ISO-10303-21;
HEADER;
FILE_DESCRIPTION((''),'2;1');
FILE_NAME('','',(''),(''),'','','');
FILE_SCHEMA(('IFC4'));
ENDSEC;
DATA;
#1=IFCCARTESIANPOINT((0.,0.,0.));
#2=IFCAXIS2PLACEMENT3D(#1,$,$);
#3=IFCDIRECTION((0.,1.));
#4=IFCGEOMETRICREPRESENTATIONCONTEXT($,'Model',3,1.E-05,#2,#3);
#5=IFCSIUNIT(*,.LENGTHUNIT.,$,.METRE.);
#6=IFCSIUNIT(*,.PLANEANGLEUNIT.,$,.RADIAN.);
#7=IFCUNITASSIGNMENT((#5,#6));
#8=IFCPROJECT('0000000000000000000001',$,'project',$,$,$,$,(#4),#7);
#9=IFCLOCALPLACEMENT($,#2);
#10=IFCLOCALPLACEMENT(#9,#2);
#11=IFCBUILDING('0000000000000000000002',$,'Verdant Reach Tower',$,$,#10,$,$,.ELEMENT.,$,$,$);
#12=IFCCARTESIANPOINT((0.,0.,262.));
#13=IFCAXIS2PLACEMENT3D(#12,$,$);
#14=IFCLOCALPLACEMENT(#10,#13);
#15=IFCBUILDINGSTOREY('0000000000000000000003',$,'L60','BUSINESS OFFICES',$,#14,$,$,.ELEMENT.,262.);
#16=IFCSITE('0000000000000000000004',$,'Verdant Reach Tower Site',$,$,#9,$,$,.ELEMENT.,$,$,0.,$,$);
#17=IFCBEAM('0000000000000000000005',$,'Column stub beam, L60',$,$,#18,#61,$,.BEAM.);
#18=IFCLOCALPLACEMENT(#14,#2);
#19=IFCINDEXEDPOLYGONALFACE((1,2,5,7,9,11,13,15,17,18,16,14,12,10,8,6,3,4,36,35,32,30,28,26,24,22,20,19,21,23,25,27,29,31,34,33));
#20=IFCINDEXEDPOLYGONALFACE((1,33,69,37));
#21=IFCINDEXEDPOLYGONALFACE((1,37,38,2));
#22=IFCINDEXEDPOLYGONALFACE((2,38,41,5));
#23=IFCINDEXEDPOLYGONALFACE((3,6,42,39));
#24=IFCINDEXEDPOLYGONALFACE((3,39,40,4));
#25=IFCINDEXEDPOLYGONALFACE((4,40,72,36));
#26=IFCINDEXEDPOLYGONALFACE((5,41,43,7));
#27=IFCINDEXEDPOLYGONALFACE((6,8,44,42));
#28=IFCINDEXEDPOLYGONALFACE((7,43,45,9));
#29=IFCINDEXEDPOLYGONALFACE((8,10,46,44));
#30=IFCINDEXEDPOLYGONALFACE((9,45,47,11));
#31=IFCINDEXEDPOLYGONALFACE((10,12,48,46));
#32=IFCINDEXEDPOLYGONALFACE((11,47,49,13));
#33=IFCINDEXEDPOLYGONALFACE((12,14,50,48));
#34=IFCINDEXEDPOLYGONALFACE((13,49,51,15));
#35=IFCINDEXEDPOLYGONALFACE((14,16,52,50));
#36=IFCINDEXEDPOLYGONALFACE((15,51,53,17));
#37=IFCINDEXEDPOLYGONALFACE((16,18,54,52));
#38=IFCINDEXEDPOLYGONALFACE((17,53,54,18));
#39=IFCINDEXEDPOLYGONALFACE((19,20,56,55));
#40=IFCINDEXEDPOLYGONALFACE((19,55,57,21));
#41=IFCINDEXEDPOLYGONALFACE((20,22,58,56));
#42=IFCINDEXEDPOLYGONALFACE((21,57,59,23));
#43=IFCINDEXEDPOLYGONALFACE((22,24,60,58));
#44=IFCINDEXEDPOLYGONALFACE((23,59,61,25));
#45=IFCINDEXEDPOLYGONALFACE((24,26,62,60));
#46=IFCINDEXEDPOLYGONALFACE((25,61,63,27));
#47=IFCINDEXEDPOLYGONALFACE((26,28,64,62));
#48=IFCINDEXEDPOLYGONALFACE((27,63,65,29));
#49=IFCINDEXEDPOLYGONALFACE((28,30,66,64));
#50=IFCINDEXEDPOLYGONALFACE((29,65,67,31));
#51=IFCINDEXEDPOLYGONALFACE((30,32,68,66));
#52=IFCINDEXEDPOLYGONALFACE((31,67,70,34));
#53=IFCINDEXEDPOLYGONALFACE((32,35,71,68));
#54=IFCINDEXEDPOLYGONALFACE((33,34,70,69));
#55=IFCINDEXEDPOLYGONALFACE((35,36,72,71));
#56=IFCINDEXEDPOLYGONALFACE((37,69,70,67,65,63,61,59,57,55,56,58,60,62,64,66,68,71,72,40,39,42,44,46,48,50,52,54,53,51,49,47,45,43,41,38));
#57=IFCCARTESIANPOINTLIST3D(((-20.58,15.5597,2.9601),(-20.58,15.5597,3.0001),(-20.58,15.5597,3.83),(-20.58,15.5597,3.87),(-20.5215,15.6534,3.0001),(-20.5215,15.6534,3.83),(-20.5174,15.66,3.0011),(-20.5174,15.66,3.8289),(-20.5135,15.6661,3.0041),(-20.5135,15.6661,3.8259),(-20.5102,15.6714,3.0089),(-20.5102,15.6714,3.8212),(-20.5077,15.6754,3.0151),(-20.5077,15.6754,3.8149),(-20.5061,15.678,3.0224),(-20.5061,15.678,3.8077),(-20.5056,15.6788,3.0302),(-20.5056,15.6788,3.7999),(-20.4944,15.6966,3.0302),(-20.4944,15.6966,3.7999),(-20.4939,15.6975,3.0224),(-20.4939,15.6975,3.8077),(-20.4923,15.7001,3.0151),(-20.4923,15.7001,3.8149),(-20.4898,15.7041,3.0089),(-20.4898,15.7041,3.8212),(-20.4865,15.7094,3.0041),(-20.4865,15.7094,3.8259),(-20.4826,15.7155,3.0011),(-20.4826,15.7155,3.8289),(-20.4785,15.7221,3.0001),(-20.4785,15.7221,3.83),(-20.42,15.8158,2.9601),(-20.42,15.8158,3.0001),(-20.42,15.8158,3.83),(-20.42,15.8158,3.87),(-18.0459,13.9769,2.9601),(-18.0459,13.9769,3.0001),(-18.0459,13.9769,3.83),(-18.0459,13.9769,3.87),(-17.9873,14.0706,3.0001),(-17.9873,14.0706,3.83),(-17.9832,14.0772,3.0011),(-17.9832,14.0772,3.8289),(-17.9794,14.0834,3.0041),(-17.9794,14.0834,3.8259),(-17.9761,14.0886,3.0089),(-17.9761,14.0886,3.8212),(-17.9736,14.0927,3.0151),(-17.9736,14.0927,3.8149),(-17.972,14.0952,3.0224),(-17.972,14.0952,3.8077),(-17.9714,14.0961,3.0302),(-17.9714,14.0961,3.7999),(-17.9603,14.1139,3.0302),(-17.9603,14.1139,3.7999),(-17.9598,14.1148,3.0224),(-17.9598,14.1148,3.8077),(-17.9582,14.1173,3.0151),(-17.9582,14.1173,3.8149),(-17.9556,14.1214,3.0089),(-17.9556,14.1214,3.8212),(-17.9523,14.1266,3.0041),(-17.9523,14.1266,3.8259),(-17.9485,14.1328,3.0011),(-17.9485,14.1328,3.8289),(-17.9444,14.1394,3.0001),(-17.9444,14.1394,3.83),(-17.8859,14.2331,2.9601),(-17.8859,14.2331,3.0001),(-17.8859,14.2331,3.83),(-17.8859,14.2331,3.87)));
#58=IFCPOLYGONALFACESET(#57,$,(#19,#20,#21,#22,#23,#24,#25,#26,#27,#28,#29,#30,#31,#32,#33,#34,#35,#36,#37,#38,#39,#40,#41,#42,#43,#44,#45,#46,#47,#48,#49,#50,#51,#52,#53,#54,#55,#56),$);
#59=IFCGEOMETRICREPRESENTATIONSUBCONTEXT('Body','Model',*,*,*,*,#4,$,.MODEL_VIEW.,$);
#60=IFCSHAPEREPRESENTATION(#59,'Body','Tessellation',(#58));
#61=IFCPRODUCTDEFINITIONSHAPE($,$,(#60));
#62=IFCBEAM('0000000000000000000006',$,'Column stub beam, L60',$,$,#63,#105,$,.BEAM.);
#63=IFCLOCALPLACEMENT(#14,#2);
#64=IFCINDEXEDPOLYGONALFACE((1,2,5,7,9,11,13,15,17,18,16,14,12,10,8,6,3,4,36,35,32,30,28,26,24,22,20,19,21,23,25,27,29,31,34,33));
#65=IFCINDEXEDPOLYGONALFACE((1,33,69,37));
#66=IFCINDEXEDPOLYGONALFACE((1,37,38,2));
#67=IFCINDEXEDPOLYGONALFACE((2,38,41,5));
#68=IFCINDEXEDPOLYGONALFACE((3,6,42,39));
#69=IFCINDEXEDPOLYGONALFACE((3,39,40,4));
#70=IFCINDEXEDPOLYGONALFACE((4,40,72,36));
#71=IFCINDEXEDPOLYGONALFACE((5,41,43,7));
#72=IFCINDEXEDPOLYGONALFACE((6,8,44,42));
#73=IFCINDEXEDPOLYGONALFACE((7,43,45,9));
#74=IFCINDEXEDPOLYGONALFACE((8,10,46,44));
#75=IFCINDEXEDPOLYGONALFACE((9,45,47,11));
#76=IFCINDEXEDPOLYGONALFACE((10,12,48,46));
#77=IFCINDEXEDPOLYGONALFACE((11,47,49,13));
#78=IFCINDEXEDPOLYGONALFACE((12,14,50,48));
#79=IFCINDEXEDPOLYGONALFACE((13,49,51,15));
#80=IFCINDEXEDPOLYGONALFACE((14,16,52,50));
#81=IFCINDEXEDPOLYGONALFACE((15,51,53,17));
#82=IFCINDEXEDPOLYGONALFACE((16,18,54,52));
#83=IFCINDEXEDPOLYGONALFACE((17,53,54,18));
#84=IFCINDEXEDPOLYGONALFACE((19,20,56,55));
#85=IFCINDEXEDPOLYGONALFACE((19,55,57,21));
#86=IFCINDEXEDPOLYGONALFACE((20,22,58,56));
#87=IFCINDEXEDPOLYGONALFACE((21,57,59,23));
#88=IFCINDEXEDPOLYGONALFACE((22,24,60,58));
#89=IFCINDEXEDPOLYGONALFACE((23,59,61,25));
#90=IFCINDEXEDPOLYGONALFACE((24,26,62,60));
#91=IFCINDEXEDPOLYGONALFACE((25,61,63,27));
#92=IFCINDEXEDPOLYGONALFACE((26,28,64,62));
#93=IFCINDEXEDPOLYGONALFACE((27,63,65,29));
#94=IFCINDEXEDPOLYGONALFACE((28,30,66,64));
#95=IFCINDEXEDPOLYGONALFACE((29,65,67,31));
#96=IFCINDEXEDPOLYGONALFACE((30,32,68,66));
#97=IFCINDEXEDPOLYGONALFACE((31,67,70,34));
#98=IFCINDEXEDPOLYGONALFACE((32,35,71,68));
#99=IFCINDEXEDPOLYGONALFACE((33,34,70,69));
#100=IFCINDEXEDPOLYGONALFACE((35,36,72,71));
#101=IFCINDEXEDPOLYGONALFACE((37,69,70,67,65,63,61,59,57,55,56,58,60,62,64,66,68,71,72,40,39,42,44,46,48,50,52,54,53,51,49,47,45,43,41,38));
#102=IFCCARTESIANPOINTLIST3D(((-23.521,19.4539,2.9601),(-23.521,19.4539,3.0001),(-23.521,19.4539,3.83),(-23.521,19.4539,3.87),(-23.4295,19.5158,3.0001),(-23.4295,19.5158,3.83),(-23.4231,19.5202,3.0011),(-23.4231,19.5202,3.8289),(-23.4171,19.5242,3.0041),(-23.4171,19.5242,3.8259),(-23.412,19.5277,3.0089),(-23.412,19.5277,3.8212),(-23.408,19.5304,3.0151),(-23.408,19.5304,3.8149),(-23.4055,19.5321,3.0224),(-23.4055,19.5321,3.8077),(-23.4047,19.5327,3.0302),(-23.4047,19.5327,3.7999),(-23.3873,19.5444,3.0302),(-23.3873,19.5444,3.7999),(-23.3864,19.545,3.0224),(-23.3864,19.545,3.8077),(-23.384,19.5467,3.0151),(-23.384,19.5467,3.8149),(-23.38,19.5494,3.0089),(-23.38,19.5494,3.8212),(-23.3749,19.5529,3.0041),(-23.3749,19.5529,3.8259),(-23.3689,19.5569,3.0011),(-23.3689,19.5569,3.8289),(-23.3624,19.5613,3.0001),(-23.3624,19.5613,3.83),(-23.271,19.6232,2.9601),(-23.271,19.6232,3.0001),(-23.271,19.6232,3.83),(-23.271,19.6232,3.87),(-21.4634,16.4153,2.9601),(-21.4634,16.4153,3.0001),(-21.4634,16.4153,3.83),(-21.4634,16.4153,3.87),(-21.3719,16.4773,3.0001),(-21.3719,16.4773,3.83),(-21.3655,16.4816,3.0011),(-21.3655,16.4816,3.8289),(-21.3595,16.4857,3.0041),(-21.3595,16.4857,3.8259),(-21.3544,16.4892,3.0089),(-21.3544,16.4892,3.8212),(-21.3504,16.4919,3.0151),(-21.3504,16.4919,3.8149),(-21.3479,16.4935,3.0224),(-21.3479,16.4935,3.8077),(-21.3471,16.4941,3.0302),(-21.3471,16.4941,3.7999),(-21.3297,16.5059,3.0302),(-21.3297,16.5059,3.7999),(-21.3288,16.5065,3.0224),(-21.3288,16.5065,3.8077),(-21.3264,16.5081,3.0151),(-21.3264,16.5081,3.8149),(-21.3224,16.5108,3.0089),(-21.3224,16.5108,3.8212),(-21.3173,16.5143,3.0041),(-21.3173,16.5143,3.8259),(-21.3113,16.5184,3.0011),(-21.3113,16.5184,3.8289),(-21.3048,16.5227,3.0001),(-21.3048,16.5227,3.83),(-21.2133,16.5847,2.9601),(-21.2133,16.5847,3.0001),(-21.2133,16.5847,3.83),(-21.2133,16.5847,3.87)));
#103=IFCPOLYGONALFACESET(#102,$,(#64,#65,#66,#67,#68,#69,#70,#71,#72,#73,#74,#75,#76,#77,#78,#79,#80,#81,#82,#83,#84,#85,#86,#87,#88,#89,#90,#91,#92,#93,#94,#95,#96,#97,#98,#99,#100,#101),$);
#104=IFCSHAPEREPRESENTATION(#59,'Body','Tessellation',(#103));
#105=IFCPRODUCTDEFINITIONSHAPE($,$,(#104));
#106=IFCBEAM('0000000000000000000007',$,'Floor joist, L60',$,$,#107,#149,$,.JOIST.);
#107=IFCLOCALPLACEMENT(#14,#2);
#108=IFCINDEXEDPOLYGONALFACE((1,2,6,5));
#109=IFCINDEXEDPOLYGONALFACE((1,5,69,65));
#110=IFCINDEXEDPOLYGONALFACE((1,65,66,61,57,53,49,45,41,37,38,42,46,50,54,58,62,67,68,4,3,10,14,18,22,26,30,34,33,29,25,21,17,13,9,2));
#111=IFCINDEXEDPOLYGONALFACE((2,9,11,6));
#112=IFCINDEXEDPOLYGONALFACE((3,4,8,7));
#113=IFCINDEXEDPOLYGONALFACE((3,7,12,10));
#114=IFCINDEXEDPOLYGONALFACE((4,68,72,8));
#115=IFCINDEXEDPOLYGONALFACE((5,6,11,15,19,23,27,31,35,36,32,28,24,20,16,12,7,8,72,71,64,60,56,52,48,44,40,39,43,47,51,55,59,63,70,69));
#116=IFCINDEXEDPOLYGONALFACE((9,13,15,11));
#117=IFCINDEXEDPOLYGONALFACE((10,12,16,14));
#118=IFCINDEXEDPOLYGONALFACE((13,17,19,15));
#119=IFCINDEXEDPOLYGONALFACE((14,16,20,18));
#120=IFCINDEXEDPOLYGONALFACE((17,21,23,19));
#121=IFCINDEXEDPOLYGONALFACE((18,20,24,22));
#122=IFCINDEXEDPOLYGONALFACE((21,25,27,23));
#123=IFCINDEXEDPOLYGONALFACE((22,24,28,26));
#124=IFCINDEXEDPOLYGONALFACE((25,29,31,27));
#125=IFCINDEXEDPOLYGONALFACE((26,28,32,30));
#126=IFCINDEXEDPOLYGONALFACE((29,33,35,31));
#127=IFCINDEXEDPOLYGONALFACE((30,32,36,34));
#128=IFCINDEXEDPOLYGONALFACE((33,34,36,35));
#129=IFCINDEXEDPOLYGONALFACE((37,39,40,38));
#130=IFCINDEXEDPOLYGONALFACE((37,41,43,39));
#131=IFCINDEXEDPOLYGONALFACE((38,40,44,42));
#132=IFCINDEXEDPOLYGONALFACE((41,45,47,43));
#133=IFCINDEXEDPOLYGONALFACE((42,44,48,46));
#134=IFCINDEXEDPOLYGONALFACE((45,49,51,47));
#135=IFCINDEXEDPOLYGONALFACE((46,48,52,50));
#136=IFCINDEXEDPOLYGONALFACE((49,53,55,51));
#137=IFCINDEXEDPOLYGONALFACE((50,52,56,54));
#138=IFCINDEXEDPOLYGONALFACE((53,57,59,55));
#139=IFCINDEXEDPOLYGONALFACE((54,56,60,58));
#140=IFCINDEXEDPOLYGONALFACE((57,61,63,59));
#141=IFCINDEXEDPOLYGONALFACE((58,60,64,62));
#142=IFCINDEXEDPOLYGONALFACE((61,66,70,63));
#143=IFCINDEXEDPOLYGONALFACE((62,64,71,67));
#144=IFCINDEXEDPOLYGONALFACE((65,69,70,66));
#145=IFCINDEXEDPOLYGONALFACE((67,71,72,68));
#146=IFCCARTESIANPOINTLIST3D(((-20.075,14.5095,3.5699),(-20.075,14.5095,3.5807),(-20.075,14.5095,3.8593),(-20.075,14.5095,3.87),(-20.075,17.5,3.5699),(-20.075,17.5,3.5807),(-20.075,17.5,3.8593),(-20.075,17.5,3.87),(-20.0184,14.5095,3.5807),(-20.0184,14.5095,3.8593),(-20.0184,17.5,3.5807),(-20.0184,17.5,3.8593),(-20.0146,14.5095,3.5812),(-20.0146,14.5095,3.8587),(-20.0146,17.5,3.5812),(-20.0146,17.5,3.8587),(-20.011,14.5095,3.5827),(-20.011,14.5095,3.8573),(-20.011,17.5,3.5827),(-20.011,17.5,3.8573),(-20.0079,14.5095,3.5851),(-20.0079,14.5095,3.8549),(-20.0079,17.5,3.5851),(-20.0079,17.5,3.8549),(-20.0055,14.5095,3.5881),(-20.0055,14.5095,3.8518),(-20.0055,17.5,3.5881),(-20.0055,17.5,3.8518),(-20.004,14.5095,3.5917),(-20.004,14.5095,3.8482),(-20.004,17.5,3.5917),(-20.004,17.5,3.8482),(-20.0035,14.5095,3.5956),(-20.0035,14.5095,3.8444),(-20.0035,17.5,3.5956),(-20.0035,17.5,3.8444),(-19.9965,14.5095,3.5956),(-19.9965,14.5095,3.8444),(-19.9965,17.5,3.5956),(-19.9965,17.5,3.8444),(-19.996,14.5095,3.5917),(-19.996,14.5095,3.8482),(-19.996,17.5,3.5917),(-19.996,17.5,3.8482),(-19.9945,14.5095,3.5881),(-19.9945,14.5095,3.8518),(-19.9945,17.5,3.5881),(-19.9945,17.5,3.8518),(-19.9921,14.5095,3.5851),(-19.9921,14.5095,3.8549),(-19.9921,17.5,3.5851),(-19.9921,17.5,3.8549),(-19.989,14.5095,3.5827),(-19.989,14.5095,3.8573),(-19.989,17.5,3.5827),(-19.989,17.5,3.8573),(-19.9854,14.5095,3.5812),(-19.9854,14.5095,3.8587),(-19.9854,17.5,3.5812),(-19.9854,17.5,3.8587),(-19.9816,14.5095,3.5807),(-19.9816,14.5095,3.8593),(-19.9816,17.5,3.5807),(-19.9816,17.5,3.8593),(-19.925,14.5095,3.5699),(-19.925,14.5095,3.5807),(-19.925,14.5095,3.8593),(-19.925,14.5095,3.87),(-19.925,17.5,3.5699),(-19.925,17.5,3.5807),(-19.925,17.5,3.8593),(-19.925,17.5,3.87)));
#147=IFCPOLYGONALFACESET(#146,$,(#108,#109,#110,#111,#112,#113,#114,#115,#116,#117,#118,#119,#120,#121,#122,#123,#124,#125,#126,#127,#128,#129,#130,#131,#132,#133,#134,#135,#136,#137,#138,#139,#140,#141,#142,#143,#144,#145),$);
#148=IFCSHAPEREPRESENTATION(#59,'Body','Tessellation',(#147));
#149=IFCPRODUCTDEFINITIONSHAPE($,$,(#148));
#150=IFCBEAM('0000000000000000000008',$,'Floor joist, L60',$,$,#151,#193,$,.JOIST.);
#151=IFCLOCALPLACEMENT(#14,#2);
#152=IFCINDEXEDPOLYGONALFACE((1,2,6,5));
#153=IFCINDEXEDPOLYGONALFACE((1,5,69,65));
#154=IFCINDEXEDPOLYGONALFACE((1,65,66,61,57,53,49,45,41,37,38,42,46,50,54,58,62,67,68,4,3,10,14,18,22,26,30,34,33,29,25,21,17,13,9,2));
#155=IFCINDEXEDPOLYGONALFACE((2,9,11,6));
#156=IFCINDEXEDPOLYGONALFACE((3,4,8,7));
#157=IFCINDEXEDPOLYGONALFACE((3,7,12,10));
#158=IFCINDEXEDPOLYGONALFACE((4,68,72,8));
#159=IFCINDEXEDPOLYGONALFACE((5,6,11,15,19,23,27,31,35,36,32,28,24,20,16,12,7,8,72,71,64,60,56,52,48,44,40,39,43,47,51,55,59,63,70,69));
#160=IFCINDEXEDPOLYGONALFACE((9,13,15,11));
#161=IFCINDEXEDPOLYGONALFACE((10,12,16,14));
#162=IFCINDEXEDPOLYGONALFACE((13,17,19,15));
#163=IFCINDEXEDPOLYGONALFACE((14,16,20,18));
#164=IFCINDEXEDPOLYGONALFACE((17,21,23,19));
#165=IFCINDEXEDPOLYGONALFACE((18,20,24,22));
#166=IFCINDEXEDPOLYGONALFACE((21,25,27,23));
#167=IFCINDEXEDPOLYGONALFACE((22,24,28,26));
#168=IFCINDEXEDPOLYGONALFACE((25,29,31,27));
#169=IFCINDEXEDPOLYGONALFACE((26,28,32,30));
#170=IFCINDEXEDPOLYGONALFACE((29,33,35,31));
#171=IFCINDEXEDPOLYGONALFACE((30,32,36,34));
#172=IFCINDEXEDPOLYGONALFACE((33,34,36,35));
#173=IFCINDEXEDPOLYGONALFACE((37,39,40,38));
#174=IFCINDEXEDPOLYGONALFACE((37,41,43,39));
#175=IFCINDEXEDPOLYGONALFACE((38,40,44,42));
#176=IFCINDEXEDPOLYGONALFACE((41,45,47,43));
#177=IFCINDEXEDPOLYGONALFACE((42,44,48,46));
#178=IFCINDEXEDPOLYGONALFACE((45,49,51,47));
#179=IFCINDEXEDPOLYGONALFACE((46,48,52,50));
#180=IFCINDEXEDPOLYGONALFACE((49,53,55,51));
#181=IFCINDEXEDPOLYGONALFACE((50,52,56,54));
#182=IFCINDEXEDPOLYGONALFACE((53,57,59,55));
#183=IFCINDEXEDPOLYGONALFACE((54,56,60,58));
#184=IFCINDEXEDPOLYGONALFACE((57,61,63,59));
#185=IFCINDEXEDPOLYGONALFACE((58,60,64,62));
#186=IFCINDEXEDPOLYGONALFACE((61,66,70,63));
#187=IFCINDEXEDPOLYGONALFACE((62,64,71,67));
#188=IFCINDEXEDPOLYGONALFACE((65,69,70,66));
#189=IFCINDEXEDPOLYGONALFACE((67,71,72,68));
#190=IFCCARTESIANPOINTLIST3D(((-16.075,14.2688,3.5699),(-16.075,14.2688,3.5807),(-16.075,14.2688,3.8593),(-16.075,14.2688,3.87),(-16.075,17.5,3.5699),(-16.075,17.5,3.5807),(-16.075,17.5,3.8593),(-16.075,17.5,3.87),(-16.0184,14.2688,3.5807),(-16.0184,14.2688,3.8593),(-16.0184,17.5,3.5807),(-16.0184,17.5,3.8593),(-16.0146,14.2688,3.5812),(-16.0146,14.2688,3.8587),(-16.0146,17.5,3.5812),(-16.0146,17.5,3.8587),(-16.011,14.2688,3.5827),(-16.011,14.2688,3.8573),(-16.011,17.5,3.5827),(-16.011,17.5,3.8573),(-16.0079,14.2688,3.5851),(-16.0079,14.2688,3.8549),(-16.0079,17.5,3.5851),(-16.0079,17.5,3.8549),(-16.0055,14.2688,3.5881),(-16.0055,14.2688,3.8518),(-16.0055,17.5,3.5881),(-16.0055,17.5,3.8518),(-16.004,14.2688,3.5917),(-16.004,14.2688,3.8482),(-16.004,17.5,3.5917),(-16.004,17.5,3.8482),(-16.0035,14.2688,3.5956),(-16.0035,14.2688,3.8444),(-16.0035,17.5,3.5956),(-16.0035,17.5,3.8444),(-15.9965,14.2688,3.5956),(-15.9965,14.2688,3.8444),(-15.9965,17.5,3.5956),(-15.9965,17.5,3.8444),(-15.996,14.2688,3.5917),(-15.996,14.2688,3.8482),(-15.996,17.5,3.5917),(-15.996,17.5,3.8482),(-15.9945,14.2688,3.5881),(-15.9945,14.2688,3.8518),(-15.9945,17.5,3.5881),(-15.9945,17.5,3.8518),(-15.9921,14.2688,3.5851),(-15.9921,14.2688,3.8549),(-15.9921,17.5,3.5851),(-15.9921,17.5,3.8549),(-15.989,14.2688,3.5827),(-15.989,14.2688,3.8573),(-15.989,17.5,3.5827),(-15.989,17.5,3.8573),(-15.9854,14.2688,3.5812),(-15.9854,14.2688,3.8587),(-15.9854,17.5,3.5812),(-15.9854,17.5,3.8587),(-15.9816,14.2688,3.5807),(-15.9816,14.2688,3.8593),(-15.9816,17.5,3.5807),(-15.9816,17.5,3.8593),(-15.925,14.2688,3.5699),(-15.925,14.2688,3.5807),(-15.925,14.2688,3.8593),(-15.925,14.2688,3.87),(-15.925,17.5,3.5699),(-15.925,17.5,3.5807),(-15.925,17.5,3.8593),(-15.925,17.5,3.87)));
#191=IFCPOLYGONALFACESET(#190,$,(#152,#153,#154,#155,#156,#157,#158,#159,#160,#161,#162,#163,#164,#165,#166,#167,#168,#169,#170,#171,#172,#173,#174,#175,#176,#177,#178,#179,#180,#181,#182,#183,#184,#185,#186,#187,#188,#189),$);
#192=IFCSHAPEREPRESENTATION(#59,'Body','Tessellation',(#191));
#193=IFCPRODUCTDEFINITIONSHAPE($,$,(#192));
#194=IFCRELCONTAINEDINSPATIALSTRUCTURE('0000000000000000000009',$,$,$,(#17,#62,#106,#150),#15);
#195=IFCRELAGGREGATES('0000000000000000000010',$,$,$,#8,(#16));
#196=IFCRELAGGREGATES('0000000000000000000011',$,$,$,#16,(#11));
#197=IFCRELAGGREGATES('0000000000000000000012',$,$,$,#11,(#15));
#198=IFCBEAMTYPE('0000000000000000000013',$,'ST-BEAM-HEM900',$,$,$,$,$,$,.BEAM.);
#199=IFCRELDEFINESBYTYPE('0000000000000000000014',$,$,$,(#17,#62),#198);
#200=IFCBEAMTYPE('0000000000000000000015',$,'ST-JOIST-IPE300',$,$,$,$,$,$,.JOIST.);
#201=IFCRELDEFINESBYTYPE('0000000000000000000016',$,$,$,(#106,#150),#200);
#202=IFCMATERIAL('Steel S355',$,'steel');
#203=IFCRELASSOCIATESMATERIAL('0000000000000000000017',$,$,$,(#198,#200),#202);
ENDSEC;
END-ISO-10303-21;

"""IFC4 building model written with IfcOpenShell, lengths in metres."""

from ifc_helpers import new_model, si_unit, direction, frame, origin, origin_2d, place, context, subcontext, project, spatial, i_section, extrude, material, material_profile, profile_set, type_object, element, save


model = new_model("IFC4")

# Units and contexts
model_context = context("Model", 3, precision=1e-05, world=origin(), true_north=direction((0.0, 1.0)))
body_context = subcontext(model_context, "Body", "Model", "MODEL_VIEW")
ifc_project = project(units=[si_unit("LENGTHUNIT", "METRE"), si_unit("PLANEANGLEUNIT", "RADIAN")], contexts=[model_context])

# Site, building, storey
site_placement = place(None, origin())
site = spatial("IfcSite", under=ifc_project, at=site_placement, Name="Verdant Reach Tower Site", CompositionType="ELEMENT", RefElevation=0.0)
building_placement = place(site_placement, origin())
building = spatial("IfcBuilding", under=site, at=building_placement, Name="Verdant Reach Tower", CompositionType="ELEMENT")
storey_placement = place(building_placement, frame((0.0, 0.0, 262.0)))
storey = spatial("IfcBuildingStorey", under=building, at=storey_placement, Name="L60", Description="BUSINESS OFFICES", CompositionType="ELEMENT", Elevation=262.0)

# Beams
ifc_material_1 = material(Name="Steel S355", Category="steel")
ifc_material_profile_1 = material_profile(ifc_material_1, i_section(OverallWidth=0.302, OverallDepth=0.9099, WebThickness=0.021, FlangeThickness=0.04, FilletRadius=0.03, at=origin_2d()), Name="HEM 900")
ifc_profile_set_1 = profile_set([ifc_material_profile_1], Name="Steel S355")
beam_type_1 = type_object("IfcBeamType", Name="ST-BEAM-HEM900", PredefinedType="BEAM", material=ifc_profile_set_1)
beam_1_placement = place(storey_placement, frame((-20.5, 15.6877, 3.415), z_axis=(0.848164, -0.529735, 0.0), x_axis=(0.529735, 0.848164, 0.0)))
element("IfcBeam", 1, at=beam_1_placement, inside=storey, type_object=beam_type_1, Name="Column stub beam, L60", PredefinedType="BEAM", context=body_context, shape_type="SweptSolid", body=[
    extrude(i_section(OverallWidth=0.302, OverallDepth=0.9099, WebThickness=0.021, FlangeThickness=0.04, FilletRadius=0.03, at=origin_2d()), origin(), (0.0, 0.0, 1.0), 2.9878),
])
beam_2_placement = place(storey_placement, frame((-21.3384, 16.5, 3.415), z_axis=(-0.560704, 0.828016, 0.0), x_axis=(-0.828016, -0.560704, 0.0)))
element("IfcBeam", 2, at=beam_2_placement, inside=storey, type_object=beam_type_1, Name="Column stub beam, L60", PredefinedType="BEAM", context=body_context, shape_type="SweptSolid", body=[
    extrude(i_section(OverallWidth=0.302, OverallDepth=0.9099, WebThickness=0.021, FlangeThickness=0.04, FilletRadius=0.03, at=origin_2d()), origin(), (0.0, 0.0, 1.0), 3.6697),
])
ifc_material_profile_2 = material_profile(ifc_material_1, i_section(OverallWidth=0.1499, OverallDepth=0.3, WebThickness=0.0071, FlangeThickness=0.0107, FilletRadius=0.0149, at=origin_2d()), Name="IPE 300")
ifc_profile_set_2 = profile_set([ifc_material_profile_2], Name="Steel S355")
beam_type_2 = type_object("IfcBeamType", Name="ST-JOIST-IPE300", PredefinedType="JOIST", material=ifc_profile_set_2)
beam_3_placement = place(storey_placement, frame((-20.0, 17.5, 3.72), z_axis=(0.0, -1.0, 0.0), x_axis=(1.0, 0.0, 0.0)))
element("IfcBeam", 3, at=beam_3_placement, inside=storey, type_object=beam_type_2, Name="Floor joist, L60", PredefinedType="JOIST", context=body_context, shape_type="SweptSolid", body=[
    extrude(i_section(OverallWidth=0.1499, OverallDepth=0.3, WebThickness=0.0071, FlangeThickness=0.0107, FilletRadius=0.0149, at=origin_2d()), origin(), (0.0, 0.0, 1.0), 2.9905),
])
beam_4_placement = place(storey_placement, frame((-16.0, 17.5, 3.72), z_axis=(0.0, -1.0, 0.0), x_axis=(1.0, 0.0, 0.0)))
element("IfcBeam", 4, at=beam_4_placement, inside=storey, type_object=beam_type_2, Name="Floor joist, L60", PredefinedType="JOIST", context=body_context, shape_type="SweptSolid", body=[
    extrude(i_section(OverallWidth=0.1499, OverallDepth=0.3, WebThickness=0.0071, FlangeThickness=0.0107, FilletRadius=0.0149, at=origin_2d()), origin(), (0.0, 0.0, 1.0), 3.2312),
])

save(model, "model.ifc")
